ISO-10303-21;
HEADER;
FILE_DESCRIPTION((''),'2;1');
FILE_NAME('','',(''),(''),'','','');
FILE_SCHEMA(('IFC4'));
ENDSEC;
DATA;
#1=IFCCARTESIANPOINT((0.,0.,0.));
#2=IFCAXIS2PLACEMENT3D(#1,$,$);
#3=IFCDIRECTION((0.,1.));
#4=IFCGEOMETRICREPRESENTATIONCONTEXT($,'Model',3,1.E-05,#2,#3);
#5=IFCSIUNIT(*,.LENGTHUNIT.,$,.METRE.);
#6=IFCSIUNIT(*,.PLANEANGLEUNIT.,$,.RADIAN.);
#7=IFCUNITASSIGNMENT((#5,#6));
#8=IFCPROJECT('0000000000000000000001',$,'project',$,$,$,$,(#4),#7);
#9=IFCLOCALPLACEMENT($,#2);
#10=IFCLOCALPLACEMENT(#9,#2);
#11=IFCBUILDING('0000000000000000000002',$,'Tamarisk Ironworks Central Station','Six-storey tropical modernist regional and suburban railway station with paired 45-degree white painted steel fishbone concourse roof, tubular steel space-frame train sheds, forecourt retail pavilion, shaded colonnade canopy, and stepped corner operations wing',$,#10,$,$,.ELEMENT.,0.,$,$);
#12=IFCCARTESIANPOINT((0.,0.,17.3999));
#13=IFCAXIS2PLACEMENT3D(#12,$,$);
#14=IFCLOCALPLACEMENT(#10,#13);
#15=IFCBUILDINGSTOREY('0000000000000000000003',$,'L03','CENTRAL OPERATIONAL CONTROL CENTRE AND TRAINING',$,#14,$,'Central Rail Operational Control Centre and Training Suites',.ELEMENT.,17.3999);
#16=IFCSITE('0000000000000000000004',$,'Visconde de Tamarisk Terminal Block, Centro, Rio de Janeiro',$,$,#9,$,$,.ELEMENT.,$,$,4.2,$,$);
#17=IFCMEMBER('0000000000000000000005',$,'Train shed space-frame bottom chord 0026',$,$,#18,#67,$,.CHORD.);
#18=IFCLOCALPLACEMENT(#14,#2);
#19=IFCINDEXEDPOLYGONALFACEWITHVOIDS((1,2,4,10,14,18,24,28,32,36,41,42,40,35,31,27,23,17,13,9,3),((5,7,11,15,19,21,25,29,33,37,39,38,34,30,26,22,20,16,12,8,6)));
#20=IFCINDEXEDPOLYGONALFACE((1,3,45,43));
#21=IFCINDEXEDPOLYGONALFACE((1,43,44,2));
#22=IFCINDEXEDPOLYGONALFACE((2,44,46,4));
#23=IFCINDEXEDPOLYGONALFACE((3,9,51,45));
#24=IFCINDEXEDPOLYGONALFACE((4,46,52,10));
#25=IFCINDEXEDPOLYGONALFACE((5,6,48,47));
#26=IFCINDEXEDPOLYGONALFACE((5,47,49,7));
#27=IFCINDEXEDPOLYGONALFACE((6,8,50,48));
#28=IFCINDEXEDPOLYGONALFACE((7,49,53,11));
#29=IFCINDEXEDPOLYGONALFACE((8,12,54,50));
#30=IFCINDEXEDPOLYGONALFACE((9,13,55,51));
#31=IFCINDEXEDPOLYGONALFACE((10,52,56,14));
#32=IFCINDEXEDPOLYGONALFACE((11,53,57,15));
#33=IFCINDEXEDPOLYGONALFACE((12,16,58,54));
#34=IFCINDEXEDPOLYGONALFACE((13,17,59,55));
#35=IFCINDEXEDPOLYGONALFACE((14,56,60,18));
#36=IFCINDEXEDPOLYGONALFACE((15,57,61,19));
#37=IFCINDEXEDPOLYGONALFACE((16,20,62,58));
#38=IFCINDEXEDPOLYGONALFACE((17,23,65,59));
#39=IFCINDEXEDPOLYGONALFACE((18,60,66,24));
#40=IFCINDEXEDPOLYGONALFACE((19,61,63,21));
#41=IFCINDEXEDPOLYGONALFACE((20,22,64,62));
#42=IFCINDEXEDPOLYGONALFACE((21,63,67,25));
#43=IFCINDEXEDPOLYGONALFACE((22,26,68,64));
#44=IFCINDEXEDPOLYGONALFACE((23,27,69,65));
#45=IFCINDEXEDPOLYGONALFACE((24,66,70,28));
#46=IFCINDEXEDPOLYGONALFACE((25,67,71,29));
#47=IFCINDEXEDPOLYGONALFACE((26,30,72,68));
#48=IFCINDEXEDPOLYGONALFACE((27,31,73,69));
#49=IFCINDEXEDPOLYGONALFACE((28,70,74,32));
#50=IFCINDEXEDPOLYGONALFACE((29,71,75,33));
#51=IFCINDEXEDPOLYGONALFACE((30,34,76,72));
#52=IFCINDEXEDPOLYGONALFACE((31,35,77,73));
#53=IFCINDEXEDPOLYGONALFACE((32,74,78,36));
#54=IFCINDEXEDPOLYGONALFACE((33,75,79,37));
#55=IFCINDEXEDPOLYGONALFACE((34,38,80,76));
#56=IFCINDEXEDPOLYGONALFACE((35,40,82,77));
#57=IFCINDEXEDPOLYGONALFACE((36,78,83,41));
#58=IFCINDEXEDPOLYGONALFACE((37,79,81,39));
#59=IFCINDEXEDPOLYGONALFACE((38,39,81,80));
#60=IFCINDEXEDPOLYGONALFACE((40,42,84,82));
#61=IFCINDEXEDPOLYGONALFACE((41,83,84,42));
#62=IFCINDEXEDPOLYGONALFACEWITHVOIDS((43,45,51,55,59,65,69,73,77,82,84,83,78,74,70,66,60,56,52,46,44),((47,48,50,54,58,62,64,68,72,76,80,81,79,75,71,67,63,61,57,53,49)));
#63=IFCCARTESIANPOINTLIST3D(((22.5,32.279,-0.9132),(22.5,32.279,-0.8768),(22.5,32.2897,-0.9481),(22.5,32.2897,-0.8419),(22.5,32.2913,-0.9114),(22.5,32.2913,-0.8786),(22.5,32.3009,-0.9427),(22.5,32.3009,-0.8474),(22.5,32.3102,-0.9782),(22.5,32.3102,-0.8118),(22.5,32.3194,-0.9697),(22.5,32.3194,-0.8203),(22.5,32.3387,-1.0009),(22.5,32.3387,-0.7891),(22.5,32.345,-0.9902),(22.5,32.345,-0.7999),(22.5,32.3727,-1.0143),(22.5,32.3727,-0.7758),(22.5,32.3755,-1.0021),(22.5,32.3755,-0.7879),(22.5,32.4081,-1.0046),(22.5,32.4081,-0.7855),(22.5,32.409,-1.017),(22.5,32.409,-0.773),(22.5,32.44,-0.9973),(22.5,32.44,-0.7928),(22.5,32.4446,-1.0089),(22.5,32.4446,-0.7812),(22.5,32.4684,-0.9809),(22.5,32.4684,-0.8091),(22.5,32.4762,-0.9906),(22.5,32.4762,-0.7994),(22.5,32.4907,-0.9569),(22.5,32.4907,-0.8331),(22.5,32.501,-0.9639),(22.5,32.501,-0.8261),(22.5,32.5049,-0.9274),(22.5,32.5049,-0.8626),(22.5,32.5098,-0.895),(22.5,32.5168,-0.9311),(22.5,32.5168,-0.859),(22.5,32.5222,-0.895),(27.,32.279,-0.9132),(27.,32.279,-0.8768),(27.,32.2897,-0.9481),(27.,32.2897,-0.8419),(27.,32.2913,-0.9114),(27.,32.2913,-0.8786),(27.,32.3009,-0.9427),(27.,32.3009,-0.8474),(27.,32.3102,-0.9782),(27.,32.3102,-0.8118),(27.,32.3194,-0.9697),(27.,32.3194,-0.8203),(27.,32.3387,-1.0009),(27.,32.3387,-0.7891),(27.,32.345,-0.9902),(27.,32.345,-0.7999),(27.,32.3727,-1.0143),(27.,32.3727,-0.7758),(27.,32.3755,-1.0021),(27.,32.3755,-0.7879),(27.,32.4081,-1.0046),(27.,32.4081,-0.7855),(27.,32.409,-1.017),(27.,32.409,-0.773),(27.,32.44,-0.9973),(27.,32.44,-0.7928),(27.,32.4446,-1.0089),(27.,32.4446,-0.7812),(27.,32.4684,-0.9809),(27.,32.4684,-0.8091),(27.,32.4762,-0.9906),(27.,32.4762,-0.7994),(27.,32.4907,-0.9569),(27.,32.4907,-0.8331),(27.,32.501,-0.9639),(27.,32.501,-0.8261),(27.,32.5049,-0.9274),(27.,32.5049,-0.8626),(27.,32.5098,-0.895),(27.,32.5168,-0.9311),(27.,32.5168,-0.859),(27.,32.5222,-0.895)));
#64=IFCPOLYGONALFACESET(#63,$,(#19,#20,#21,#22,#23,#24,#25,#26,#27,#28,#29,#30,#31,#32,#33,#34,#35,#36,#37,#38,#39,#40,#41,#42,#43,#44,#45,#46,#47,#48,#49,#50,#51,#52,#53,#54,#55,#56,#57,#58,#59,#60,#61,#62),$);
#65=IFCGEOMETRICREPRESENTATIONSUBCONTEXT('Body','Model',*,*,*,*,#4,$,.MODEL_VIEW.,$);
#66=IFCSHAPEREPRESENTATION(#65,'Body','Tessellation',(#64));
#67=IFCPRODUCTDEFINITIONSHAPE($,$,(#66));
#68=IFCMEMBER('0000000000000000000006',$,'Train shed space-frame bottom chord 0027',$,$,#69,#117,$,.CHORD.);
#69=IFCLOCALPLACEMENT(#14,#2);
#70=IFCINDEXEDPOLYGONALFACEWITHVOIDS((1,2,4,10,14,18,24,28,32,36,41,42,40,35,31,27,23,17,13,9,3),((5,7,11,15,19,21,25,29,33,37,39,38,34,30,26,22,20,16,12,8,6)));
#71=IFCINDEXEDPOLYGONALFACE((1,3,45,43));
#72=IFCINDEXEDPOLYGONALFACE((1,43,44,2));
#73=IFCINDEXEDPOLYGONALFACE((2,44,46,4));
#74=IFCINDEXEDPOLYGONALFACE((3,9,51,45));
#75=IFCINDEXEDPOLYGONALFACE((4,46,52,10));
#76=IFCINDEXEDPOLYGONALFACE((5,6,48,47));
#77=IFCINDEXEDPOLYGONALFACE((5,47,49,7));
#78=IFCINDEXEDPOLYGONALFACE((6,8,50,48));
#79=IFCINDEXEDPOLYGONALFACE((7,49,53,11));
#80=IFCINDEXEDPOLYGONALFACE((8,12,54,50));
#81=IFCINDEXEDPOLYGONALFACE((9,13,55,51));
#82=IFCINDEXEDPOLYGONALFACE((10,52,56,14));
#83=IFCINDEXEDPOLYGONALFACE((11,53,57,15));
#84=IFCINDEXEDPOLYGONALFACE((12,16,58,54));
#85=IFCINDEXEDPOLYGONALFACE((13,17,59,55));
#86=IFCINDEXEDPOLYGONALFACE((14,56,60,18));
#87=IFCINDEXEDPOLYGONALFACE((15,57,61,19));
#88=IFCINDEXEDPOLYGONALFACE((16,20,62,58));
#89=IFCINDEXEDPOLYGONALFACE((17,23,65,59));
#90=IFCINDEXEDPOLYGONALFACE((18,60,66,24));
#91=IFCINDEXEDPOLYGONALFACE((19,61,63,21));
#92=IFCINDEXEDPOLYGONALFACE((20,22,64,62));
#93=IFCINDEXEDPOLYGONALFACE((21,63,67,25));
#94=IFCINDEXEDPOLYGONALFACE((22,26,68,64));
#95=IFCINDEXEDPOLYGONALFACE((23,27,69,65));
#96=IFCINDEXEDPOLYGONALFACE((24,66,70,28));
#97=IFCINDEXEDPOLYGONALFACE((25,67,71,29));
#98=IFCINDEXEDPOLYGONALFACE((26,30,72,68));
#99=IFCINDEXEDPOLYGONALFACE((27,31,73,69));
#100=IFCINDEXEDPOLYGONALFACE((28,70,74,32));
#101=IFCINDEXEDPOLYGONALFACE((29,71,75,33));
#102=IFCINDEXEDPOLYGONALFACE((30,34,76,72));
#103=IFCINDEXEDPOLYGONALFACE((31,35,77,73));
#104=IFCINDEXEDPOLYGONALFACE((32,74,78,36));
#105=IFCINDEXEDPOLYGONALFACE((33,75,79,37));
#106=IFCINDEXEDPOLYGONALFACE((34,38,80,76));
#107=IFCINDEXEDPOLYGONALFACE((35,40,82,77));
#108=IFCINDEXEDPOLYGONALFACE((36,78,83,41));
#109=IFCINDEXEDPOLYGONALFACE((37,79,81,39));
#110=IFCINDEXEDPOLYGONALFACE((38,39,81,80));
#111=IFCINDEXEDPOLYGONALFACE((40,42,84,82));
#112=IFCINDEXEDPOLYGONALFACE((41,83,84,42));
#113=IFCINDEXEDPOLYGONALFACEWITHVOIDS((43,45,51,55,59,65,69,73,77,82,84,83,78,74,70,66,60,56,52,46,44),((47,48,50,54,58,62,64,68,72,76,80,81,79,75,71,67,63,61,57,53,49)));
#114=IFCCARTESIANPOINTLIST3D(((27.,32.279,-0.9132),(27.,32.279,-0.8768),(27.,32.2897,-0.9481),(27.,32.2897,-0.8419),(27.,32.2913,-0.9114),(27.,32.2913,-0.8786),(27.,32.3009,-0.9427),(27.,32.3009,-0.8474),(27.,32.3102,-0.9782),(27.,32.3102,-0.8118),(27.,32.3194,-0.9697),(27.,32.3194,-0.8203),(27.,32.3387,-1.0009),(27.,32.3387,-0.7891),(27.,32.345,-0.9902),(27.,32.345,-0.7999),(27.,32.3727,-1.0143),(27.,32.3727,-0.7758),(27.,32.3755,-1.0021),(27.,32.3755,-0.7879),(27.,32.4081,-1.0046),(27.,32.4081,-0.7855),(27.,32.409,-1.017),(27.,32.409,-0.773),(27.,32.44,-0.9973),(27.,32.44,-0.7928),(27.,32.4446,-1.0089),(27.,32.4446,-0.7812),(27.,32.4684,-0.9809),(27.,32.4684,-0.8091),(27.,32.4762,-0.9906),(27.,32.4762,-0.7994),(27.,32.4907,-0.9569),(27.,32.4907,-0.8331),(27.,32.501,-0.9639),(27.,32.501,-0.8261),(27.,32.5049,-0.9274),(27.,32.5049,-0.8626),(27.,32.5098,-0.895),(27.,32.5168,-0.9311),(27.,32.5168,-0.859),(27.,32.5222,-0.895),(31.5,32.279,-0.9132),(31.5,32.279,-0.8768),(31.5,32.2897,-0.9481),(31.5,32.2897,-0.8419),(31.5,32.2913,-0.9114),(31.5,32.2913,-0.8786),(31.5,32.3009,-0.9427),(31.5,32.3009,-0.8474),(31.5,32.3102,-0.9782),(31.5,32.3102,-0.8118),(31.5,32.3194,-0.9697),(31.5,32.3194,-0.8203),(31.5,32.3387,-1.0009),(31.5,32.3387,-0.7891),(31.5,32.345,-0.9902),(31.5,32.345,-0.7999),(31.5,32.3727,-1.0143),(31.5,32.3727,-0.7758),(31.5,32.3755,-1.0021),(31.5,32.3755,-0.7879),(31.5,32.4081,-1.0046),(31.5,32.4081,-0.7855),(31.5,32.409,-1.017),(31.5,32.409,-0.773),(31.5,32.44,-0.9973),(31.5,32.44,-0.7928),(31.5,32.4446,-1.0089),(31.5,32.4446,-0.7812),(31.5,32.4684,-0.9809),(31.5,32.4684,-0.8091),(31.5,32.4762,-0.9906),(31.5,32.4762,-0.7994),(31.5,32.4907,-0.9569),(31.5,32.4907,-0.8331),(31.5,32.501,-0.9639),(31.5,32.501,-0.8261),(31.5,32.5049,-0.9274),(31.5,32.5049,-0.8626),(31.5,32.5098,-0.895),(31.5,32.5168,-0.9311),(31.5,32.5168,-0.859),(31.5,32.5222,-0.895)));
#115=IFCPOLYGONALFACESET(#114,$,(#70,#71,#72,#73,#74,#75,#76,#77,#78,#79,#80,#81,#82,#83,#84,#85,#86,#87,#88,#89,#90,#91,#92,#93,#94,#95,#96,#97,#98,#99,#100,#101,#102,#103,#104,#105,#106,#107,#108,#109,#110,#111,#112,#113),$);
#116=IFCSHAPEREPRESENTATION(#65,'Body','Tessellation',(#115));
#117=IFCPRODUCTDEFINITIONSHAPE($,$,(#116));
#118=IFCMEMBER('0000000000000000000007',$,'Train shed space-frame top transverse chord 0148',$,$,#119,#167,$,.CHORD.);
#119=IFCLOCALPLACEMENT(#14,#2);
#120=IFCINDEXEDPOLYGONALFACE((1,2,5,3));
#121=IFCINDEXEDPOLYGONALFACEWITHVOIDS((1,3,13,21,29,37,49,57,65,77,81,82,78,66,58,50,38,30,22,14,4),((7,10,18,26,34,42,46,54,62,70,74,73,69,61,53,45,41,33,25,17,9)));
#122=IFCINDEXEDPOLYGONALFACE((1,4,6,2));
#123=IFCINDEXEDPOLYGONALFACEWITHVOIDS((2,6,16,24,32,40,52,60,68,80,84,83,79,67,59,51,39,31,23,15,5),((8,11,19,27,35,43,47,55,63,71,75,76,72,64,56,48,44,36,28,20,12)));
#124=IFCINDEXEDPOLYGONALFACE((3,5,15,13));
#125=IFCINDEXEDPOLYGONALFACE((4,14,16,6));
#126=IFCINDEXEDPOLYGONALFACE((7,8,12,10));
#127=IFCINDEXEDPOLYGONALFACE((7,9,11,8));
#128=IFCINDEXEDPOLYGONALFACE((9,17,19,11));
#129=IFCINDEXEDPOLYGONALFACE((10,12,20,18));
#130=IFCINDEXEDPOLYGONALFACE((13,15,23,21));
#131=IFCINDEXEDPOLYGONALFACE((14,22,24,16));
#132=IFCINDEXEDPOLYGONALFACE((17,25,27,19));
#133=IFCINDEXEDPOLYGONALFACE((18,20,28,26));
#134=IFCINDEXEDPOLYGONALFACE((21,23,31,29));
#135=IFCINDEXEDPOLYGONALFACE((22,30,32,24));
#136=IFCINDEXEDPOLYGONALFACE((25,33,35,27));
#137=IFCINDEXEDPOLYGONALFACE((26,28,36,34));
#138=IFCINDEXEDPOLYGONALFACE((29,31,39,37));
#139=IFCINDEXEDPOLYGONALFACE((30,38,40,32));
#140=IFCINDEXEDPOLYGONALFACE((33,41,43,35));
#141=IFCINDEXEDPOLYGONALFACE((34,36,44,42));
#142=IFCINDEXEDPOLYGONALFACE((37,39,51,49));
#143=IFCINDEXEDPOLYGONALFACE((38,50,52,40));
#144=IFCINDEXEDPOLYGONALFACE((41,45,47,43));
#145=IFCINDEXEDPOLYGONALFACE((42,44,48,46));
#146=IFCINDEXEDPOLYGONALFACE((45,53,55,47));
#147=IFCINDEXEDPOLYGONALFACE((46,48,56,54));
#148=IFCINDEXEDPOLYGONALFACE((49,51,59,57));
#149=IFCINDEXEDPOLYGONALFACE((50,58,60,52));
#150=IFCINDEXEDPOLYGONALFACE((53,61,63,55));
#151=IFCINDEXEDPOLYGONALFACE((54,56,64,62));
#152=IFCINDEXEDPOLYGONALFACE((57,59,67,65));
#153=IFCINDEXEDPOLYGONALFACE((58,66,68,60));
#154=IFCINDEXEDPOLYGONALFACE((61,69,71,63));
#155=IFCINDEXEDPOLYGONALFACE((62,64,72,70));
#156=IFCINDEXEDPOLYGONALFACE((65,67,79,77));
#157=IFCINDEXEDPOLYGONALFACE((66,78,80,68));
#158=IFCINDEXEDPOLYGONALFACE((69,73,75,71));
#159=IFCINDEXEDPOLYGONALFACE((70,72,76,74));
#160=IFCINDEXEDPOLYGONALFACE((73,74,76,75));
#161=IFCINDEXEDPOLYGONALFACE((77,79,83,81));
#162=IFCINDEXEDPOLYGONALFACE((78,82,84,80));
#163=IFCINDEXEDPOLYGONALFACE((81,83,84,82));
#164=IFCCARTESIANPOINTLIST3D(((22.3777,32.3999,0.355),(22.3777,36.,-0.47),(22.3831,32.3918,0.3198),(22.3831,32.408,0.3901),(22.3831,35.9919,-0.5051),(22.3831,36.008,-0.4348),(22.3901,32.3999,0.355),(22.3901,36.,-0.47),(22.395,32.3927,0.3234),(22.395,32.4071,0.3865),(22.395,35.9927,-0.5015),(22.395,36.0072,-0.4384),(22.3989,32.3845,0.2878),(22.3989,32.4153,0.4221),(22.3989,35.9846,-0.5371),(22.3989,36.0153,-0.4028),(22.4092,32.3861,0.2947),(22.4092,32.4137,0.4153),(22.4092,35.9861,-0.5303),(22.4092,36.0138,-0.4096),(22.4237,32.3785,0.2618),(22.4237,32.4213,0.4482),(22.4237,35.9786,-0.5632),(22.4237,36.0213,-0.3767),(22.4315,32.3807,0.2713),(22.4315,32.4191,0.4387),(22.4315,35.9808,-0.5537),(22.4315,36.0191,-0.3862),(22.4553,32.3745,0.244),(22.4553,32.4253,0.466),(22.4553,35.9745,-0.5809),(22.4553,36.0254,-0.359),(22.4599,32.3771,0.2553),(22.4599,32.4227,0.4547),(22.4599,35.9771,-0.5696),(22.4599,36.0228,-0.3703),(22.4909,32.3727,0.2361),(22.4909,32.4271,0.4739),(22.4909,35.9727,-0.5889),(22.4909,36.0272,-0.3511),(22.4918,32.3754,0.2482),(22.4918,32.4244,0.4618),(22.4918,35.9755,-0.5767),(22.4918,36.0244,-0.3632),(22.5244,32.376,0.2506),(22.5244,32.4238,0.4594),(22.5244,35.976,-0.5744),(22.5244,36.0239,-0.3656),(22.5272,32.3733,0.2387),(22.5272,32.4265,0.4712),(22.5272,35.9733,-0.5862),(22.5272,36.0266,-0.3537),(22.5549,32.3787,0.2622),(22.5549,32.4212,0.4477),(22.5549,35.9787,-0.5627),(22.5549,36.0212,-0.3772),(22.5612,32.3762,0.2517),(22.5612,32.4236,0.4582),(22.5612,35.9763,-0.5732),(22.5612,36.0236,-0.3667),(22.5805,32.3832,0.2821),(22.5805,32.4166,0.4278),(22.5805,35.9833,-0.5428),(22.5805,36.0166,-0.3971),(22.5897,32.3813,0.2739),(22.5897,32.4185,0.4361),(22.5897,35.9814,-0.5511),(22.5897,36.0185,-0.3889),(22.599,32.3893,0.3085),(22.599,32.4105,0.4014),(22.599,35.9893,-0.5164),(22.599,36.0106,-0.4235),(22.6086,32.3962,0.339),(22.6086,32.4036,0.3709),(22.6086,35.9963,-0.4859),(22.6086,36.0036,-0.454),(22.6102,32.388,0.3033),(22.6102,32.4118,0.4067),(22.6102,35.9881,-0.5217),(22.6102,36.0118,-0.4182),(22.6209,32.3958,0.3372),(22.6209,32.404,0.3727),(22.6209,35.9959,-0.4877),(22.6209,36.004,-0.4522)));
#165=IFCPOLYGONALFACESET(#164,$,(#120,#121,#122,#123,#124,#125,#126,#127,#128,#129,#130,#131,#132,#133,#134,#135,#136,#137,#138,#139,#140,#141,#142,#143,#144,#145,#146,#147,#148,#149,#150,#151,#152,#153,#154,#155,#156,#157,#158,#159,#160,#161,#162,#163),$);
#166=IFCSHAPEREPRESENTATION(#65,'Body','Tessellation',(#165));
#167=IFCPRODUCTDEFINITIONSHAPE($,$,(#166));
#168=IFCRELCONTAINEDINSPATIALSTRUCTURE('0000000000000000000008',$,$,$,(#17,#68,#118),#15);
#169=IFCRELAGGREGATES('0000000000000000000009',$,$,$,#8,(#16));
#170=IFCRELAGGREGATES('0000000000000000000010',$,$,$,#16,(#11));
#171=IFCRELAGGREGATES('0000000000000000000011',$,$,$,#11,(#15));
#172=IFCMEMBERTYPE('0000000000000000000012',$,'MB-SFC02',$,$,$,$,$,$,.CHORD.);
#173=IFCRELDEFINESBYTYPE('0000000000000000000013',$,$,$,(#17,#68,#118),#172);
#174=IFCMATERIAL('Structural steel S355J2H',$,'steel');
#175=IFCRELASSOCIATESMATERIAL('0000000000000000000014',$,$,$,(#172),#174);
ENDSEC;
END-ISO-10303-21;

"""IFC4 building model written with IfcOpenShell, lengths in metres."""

from ifc_helpers import new_model, si_unit, direction, frame, origin, origin_2d, place, context, subcontext, project, spatial, hollow_circle, extrude, material, material_profile, profile_set, type_object, element, save


model = new_model("IFC4")

# Units and contexts
model_context = context("Model", 3, precision=1e-05, world=origin(), true_north=direction((0.0, 1.0)))
body_context = subcontext(model_context, "Body", "Model", "MODEL_VIEW")
ifc_project = project(units=[si_unit("LENGTHUNIT", "METRE"), si_unit("PLANEANGLEUNIT", "RADIAN")], contexts=[model_context])

# Site, building, storey
site_placement = place(None, origin())
site = spatial("IfcSite", under=ifc_project, at=site_placement, Name="Visconde de Tamarisk Terminal Block, Centro, Rio de Janeiro", CompositionType="ELEMENT", RefElevation=4.2)
building_placement = place(site_placement, origin())
building = spatial("IfcBuilding", under=site, at=building_placement, Name="Tamarisk Ironworks Central Station", Description="Six-storey tropical modernist regional and suburban railway station with paired 45-degree white painted steel fishbone concourse roof, tubular steel space-frame train sheds, forecourt retail pavilion, shaded colonnade canopy, and stepped corner operations wing", CompositionType="ELEMENT", ElevationOfRefHeight=0.0)
storey_placement = place(building_placement, frame((0.0, 0.0, 17.3999)))
storey = spatial("IfcBuildingStorey", under=building, at=storey_placement, Name="L03", Description="CENTRAL OPERATIONAL CONTROL CENTRE AND TRAINING", LongName="Central Rail Operational Control Centre and Training Suites", CompositionType="ELEMENT", Elevation=17.3999)

# Members
ifc_material = material(Name="Structural steel S355J2H", Category="steel")
ifc_material_profile_1 = material_profile(ifc_material, hollow_circle(Radius=0.1223, WallThickness=0.0125, at=origin_2d()), Name="CHS 244.5x12.5")
ifc_profile_set_1 = profile_set([ifc_material_profile_1], Name="Structural steel S355J2H")
member_type_1 = type_object("IfcMemberType", Name="MB-SFC02", PredefinedType="CHORD", material=ifc_profile_set_1)
for number, where, z_axis, x_axis, name in (
    (1, (22.5, 32.3999, -0.895), (1.0, 0.0, 0.0), (0.0, 1.0, 0.0), "Train shed space-frame bottom chord 0026"),
    (2, (27.0, 32.3999, -0.895), (1.0, 0.0, 0.0), (0.0, 1.0, 0.0), "Train shed space-frame bottom chord 0027"),
):
    element("IfcMember", number, at=place(storey_placement, frame(where, z_axis=z_axis, x_axis=x_axis)), inside=storey, type_object=member_type_1, Name=name, PredefinedType="CHORD", context=body_context, shape_type="SweptSolid", body=[
        extrude(hollow_circle(Radius=0.1223, WallThickness=0.0125, at=origin_2d()), origin(), (0.0, 0.0, 1.0), 4.5),
    ])
for number, where, z_axis, x_axis, name in (
    (3, (22.5, 32.3999, 0.355), (0.0, 0.974737, -0.223358), (-1.0, 0.0, 0.0), "Train shed space-frame top transverse chord 0148"),
):
    element("IfcMember", number, at=place(storey_placement, frame(where, z_axis=z_axis, x_axis=x_axis)), inside=storey, type_object=member_type_1, Name=name, PredefinedType="CHORD", context=body_context, shape_type="SweptSolid", body=[
        extrude(hollow_circle(Radius=0.1223, WallThickness=0.0125, at=origin_2d()), origin(), (0.0, 0.0, 1.0), 3.6934),
    ])

save(model, "model.ifc")
